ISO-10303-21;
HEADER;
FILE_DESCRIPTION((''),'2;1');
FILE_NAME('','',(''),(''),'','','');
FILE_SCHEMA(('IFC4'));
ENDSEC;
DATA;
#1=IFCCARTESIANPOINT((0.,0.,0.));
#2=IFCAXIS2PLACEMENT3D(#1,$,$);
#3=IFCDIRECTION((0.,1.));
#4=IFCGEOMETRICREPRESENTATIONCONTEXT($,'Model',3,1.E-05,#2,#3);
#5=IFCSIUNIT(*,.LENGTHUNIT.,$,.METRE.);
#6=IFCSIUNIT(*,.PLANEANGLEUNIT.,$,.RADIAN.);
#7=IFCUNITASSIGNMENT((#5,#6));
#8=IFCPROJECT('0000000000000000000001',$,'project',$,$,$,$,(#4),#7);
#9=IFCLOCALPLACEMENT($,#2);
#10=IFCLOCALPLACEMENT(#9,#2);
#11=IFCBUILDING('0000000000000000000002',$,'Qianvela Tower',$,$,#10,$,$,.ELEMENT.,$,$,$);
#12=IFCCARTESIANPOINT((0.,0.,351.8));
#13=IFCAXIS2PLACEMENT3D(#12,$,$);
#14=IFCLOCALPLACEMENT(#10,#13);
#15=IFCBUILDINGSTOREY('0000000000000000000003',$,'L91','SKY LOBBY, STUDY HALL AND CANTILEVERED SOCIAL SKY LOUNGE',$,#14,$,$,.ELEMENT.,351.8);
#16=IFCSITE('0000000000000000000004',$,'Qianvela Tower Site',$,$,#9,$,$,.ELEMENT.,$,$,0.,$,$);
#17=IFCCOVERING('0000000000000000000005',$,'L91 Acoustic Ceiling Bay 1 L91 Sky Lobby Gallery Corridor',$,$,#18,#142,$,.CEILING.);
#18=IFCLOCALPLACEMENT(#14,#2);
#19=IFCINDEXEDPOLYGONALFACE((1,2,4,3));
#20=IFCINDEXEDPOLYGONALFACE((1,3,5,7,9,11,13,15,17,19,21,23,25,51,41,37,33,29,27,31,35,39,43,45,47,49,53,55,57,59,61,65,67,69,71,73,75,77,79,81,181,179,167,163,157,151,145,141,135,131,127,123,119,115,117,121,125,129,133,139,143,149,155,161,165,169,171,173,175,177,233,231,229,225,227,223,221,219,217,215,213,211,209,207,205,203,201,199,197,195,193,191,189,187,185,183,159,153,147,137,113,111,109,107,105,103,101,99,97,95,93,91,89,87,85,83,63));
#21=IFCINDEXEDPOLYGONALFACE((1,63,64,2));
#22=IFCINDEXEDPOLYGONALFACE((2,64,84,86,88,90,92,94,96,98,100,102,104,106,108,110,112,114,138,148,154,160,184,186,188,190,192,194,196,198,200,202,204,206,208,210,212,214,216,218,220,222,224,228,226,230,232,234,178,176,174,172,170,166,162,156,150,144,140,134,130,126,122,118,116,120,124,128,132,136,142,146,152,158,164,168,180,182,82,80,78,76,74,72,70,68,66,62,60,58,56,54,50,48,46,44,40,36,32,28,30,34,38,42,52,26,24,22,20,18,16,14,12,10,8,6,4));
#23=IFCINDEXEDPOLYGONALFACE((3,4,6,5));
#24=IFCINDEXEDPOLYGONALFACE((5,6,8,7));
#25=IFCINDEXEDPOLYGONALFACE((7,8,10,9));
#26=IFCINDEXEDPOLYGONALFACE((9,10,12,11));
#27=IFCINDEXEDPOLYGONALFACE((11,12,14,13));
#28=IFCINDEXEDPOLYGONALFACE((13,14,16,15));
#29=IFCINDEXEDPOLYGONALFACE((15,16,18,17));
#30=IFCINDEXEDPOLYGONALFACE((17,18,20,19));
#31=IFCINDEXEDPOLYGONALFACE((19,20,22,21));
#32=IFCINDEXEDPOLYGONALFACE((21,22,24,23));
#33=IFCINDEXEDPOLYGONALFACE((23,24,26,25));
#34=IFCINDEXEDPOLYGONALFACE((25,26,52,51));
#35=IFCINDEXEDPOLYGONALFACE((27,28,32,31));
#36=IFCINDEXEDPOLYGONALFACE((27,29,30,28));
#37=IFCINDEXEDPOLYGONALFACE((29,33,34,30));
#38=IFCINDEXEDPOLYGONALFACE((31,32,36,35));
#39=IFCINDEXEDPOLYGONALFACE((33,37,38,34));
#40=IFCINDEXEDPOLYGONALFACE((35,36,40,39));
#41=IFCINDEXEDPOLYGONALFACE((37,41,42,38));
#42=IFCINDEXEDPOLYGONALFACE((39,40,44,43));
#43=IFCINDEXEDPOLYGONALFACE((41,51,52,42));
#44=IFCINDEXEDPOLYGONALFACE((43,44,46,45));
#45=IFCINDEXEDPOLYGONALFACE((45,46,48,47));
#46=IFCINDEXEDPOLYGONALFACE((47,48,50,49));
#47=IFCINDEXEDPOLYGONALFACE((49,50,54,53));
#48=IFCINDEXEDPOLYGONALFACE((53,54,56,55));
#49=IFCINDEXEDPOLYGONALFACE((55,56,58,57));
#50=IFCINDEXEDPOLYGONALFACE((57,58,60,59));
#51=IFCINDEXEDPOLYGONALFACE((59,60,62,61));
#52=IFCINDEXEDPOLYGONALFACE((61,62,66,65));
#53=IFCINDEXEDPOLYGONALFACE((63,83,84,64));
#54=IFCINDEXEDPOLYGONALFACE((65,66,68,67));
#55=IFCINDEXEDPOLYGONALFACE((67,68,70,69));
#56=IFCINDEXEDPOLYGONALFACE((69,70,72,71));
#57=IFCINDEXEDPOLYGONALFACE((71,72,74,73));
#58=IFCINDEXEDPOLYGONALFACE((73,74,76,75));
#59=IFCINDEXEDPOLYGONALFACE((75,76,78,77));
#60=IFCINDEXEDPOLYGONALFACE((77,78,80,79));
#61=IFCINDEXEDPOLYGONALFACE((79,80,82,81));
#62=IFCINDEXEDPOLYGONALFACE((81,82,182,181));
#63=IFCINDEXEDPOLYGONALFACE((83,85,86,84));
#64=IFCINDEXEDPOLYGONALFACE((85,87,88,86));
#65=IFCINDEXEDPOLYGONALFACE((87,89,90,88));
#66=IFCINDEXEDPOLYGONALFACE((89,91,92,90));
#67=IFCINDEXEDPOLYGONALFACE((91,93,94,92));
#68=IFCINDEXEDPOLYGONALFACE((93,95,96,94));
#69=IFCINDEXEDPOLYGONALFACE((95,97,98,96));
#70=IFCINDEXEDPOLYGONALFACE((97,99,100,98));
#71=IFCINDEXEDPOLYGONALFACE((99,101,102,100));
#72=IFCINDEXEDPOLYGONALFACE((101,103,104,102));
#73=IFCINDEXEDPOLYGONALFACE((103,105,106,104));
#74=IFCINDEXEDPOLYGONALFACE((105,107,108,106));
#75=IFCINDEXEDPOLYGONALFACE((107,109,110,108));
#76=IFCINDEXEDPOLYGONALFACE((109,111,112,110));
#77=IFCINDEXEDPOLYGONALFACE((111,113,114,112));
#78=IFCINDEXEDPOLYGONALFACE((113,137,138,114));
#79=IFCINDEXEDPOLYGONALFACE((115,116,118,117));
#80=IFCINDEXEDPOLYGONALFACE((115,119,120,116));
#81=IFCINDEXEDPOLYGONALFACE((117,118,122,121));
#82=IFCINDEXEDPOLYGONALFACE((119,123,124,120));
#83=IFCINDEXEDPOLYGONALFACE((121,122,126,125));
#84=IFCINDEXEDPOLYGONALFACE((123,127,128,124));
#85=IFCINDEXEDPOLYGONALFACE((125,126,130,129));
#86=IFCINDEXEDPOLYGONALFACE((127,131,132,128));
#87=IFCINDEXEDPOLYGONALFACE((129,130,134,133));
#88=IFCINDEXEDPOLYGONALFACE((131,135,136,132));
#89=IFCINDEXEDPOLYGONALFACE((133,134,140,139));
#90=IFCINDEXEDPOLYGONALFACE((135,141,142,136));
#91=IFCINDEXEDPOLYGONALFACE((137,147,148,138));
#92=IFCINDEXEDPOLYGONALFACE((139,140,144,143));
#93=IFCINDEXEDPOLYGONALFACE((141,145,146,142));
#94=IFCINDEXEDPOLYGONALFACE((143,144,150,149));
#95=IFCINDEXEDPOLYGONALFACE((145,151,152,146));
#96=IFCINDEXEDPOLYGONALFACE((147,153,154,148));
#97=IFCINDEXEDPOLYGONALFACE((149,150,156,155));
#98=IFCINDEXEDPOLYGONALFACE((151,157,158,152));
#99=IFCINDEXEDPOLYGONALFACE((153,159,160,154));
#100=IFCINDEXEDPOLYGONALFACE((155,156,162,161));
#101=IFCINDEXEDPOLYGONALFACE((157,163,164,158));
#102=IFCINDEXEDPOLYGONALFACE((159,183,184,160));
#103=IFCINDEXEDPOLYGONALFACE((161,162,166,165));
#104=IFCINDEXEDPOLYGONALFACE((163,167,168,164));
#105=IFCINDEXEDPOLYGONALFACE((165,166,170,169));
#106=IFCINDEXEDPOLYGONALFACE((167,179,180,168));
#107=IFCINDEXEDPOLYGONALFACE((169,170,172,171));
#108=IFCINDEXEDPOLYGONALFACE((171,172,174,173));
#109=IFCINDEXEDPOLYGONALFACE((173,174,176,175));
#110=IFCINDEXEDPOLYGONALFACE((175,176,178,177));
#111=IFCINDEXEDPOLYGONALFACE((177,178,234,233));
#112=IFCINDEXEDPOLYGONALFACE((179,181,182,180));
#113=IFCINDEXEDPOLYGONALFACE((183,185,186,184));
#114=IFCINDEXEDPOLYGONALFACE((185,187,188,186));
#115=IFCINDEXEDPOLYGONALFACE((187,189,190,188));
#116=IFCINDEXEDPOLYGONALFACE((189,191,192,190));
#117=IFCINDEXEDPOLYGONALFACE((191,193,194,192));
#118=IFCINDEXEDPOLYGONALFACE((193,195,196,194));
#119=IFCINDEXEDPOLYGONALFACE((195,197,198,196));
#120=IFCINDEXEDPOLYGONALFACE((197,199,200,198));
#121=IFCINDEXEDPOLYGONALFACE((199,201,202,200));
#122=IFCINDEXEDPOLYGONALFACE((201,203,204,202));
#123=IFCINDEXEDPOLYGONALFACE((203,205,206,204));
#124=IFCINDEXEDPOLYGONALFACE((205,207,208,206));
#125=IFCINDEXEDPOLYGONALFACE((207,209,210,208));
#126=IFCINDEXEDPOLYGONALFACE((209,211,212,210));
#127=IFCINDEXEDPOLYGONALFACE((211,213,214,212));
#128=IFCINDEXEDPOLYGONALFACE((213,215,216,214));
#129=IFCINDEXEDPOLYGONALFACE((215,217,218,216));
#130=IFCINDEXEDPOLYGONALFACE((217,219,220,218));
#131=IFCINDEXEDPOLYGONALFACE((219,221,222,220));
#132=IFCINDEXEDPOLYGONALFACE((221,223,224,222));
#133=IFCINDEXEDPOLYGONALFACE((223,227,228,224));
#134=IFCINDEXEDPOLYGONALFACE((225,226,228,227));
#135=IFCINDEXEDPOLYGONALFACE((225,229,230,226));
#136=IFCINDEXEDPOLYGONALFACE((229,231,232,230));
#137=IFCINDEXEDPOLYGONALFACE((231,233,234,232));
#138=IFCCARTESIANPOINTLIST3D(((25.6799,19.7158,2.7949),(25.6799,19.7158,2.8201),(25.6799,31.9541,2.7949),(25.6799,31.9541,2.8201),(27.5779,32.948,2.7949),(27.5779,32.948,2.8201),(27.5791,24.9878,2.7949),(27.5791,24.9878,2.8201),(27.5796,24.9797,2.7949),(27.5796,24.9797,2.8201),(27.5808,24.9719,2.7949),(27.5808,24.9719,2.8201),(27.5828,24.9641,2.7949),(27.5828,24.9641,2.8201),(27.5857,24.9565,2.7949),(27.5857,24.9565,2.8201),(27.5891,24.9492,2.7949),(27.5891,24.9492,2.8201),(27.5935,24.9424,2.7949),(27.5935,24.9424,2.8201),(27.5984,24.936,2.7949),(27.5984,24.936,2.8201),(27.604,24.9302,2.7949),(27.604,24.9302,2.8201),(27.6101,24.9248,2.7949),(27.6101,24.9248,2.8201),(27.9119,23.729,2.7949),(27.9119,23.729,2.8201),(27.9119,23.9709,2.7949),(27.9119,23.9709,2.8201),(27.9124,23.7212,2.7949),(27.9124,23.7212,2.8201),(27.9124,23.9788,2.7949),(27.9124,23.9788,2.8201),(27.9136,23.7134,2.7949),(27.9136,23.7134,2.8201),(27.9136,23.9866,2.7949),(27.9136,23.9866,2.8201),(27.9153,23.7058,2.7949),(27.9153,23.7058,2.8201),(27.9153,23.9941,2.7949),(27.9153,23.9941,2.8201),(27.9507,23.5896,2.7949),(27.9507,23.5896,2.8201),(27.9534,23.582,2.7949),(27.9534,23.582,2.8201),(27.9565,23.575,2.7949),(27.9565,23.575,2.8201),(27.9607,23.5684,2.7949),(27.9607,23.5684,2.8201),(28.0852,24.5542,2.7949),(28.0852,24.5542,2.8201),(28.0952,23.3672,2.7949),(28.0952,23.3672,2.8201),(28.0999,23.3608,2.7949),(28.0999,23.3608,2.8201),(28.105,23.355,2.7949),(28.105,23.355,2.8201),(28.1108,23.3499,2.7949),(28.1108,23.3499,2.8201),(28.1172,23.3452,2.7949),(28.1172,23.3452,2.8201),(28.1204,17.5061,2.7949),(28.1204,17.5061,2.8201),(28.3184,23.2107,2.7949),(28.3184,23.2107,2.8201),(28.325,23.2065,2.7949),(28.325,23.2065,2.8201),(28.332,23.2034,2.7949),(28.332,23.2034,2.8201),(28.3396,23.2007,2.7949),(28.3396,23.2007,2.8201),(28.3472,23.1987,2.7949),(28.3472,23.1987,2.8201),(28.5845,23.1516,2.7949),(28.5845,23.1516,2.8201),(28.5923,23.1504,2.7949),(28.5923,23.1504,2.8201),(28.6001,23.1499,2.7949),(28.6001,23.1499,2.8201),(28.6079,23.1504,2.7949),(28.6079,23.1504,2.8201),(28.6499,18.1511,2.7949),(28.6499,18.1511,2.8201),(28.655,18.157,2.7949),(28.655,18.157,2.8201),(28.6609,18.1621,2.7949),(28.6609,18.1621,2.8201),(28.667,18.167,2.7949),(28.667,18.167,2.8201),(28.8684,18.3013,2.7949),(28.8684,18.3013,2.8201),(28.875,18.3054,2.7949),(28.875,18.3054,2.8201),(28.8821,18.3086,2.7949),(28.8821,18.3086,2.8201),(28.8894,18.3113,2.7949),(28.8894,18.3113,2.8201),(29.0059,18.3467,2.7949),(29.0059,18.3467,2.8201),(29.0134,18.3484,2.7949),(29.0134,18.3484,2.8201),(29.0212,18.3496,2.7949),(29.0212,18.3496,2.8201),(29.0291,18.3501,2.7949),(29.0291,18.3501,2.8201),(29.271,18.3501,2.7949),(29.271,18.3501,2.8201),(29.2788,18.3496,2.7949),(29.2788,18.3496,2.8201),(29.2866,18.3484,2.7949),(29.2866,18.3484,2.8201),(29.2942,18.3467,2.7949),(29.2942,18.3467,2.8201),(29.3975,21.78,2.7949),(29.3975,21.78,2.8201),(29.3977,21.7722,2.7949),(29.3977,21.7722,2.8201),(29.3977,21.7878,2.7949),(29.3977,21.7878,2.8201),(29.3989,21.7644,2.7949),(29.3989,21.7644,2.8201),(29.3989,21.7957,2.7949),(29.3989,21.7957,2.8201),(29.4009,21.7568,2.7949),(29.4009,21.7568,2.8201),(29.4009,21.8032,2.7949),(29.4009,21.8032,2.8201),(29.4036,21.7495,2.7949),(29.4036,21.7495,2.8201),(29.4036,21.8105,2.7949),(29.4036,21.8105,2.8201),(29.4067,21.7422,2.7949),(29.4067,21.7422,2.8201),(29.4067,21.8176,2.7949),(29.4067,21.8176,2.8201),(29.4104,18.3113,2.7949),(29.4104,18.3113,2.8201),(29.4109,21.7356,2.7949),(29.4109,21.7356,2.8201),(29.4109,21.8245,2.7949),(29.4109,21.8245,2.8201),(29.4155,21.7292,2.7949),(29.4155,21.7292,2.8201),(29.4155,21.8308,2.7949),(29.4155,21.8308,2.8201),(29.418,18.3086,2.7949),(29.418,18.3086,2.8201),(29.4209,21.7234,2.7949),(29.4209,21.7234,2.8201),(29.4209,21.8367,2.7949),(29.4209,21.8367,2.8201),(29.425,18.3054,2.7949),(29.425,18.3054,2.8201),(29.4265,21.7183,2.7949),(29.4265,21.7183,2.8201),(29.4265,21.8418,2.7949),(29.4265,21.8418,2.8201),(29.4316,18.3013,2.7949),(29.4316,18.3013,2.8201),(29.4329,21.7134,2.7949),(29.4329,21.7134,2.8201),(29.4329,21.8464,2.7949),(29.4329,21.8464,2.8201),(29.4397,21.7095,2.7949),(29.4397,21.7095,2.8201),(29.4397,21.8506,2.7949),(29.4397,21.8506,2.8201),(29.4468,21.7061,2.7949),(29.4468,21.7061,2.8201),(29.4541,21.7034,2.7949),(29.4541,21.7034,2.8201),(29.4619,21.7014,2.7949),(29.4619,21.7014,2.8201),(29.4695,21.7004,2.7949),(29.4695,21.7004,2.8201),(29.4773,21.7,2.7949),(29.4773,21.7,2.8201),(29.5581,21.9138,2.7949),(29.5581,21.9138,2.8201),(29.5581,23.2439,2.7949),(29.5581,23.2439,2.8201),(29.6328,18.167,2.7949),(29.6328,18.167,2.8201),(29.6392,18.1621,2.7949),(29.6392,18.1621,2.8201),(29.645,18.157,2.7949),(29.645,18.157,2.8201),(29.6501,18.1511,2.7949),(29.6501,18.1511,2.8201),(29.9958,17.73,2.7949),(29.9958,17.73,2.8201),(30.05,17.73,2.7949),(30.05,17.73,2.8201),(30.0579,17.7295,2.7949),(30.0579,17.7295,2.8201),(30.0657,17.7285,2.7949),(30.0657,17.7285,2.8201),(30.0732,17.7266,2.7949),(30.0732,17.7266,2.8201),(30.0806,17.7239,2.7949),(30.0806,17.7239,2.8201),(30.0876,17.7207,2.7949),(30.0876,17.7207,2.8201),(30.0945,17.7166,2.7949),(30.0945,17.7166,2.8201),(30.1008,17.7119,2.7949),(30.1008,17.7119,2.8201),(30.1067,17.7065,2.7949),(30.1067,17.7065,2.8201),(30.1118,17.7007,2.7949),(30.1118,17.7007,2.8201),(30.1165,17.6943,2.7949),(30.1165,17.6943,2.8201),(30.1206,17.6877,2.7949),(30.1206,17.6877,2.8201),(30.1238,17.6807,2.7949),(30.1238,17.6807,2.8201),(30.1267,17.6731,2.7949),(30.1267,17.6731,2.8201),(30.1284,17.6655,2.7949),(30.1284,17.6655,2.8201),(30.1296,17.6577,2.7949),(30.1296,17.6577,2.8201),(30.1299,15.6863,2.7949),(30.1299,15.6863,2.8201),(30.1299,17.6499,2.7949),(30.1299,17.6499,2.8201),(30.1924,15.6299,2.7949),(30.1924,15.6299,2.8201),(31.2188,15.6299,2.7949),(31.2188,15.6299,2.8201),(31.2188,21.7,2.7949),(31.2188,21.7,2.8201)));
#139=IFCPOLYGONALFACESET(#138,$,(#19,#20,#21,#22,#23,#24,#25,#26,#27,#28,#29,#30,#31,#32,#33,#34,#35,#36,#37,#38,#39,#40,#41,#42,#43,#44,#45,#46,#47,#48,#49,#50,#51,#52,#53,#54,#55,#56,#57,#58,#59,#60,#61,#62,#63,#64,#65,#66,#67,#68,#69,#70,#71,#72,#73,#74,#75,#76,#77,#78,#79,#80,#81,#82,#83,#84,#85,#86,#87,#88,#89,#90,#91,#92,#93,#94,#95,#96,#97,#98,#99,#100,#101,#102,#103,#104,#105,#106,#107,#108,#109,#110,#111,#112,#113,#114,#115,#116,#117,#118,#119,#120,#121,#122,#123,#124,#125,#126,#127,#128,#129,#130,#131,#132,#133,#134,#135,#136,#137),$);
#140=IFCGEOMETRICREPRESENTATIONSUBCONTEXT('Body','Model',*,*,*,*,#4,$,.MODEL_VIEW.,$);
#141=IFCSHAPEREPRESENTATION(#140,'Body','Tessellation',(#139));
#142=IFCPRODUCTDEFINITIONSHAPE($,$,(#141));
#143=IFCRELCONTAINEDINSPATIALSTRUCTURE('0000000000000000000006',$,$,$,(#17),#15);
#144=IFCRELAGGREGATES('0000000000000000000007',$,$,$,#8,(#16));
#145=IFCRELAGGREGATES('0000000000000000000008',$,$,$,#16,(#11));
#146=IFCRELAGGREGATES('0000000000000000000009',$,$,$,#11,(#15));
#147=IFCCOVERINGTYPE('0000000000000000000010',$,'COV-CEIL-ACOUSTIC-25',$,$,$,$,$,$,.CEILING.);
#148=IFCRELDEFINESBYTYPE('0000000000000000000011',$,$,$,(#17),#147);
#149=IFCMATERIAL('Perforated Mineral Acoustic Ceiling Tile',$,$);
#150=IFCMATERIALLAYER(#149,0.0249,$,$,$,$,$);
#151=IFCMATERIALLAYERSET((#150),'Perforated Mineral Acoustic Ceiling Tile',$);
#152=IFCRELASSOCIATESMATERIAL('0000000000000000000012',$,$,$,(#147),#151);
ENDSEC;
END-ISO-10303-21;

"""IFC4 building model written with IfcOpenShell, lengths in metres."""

from ifc_helpers import new_model, si_unit, direction, frame, origin, place, context, subcontext, project, spatial, polyline, outline, extrude, material, layer, layer_set, type_object, element, save


model = new_model("IFC4")

# Units and contexts
model_context = context("Model", 3, precision=1e-05, world=origin(), true_north=direction((0.0, 1.0)))
body_context = subcontext(model_context, "Body", "Model", "MODEL_VIEW")
ifc_project = project(units=[si_unit("LENGTHUNIT", "METRE"), si_unit("PLANEANGLEUNIT", "RADIAN")], contexts=[model_context])

# Site, building, storey
site_placement = place(None, origin())
site = spatial("IfcSite", under=ifc_project, at=site_placement, Name="Qianvela Tower Site", CompositionType="ELEMENT", RefElevation=0.0)
building_placement = place(site_placement, origin())
building = spatial("IfcBuilding", under=site, at=building_placement, Name="Qianvela Tower", CompositionType="ELEMENT")
storey_placement = place(building_placement, frame((0.0, 0.0, 351.8)))
storey = spatial("IfcBuildingStorey", under=building, at=storey_placement, Name="L91", Description="SKY LOBBY, STUDY HALL AND CANTILEVERED SOCIAL SKY LOUNGE", CompositionType="ELEMENT", Elevation=351.8)

# Covering
ifc_material_1 = material(Name="Perforated Mineral Acoustic Ceiling Tile")
ifc_layer_1 = layer(ifc_material_1, 0.0249)
ifc_layer_set_1 = layer_set([ifc_layer_1], Name="Perforated Mineral Acoustic Ceiling Tile")
covering_type_1 = type_object("IfcCoveringType", Name="COV-CEIL-ACOUSTIC-25", PredefinedType="CEILING", material=ifc_layer_set_1)
covering_1_placement = place(storey_placement, frame((0.0, 0.0, 2.7949)))
element("IfcCovering", 1, at=covering_1_placement, inside=storey, type_object=covering_type_1, Name="L91 Acoustic Ceiling Bay 1 L91 Sky Lobby Gallery Corridor", PredefinedType="CEILING", context=body_context, shape_type="SweptSolid", body=[
    extrude(outline(polyline([(25.6799, 31.9541), (27.5779, 32.948), (27.5791, 24.9878), (27.5796, 24.9797), (27.5808, 24.9719), (27.5828, 24.9641), (27.5857, 24.9565), (27.5891, 24.9492), (27.5935, 24.9424), (27.5984, 24.936), (27.604, 24.9302), (27.6101, 24.9248), (28.0852, 24.5542), (27.9153, 23.9941), (27.9136, 23.9866), (27.9124, 23.9788), (27.9119, 23.9709), (27.9119, 23.729), (27.9124, 23.7212), (27.9136, 23.7134), (27.9153, 23.7058), (27.9507, 23.5896), (27.9534, 23.582), (27.9565, 23.575), (27.9607, 23.5684), (28.0952, 23.3672), (28.0999, 23.3608), (28.105, 23.355), (28.1108, 23.3499), (28.1172, 23.3452), (28.3184, 23.2107), (28.325, 23.2065), (28.332, 23.2034), (28.3396, 23.2007), (28.3472, 23.1987), (28.5845, 23.1516), (28.5923, 23.1504), (28.6001, 23.1499), (28.6079, 23.1504), (29.5581, 23.2439), (29.5581, 21.9138), (29.4397, 21.8506), (29.4329, 21.8464), (29.4265, 21.8418), (29.4209, 21.8367), (29.4155, 21.8308), (29.4109, 21.8245), (29.4067, 21.8176), (29.4036, 21.8105), (29.4009, 21.8032), (29.3989, 21.7957), (29.3977, 21.7878), (29.3975, 21.78), (29.3977, 21.7722), (29.3989, 21.7644), (29.4009, 21.7568), (29.4036, 21.7495), (29.4067, 21.7422), (29.4109, 21.7356), (29.4155, 21.7292), (29.4209, 21.7234), (29.4265, 21.7183), (29.4329, 21.7134), (29.4397, 21.7095), (29.4468, 21.7061), (29.4541, 21.7034), (29.4619, 21.7014), (29.4695, 21.7004), (29.4773, 21.7), (31.2188, 21.7), (31.2188, 15.6299), (30.1924, 15.6299), (30.1299, 15.6863), (30.1299, 17.6499), (30.1296, 17.6577), (30.1284, 17.6655), (30.1267, 17.6731), (30.1238, 17.6807), (30.1206, 17.6877), (30.1165, 17.6943), (30.1118, 17.7007), (30.1067, 17.7065), (30.1008, 17.7119), (30.0945, 17.7166), (30.0876, 17.7207), (30.0806, 17.7239), (30.0732, 17.7266), (30.0657, 17.7285), (30.0579, 17.7295), (30.05, 17.73), (29.9958, 17.73), (29.6501, 18.1511), (29.645, 18.157), (29.6392, 18.1621), (29.6328, 18.167), (29.4316, 18.3013), (29.425, 18.3054), (29.418, 18.3086), (29.4104, 18.3113), (29.2942, 18.3467), (29.2866, 18.3484), (29.2788, 18.3496), (29.271, 18.3501), (29.0291, 18.3501), (29.0212, 18.3496), (29.0134, 18.3484), (29.0059, 18.3467), (28.8894, 18.3113), (28.8821, 18.3086), (28.875, 18.3054), (28.8684, 18.3013), (28.667, 18.167), (28.6609, 18.1621), (28.655, 18.157), (28.6499, 18.1511), (28.1204, 17.5061), (25.6799, 19.7158), (25.6799, 31.9541)])), origin(), (0.0, 0.0, 1.0), 0.0251),
])

save(model, "model.ifc")
